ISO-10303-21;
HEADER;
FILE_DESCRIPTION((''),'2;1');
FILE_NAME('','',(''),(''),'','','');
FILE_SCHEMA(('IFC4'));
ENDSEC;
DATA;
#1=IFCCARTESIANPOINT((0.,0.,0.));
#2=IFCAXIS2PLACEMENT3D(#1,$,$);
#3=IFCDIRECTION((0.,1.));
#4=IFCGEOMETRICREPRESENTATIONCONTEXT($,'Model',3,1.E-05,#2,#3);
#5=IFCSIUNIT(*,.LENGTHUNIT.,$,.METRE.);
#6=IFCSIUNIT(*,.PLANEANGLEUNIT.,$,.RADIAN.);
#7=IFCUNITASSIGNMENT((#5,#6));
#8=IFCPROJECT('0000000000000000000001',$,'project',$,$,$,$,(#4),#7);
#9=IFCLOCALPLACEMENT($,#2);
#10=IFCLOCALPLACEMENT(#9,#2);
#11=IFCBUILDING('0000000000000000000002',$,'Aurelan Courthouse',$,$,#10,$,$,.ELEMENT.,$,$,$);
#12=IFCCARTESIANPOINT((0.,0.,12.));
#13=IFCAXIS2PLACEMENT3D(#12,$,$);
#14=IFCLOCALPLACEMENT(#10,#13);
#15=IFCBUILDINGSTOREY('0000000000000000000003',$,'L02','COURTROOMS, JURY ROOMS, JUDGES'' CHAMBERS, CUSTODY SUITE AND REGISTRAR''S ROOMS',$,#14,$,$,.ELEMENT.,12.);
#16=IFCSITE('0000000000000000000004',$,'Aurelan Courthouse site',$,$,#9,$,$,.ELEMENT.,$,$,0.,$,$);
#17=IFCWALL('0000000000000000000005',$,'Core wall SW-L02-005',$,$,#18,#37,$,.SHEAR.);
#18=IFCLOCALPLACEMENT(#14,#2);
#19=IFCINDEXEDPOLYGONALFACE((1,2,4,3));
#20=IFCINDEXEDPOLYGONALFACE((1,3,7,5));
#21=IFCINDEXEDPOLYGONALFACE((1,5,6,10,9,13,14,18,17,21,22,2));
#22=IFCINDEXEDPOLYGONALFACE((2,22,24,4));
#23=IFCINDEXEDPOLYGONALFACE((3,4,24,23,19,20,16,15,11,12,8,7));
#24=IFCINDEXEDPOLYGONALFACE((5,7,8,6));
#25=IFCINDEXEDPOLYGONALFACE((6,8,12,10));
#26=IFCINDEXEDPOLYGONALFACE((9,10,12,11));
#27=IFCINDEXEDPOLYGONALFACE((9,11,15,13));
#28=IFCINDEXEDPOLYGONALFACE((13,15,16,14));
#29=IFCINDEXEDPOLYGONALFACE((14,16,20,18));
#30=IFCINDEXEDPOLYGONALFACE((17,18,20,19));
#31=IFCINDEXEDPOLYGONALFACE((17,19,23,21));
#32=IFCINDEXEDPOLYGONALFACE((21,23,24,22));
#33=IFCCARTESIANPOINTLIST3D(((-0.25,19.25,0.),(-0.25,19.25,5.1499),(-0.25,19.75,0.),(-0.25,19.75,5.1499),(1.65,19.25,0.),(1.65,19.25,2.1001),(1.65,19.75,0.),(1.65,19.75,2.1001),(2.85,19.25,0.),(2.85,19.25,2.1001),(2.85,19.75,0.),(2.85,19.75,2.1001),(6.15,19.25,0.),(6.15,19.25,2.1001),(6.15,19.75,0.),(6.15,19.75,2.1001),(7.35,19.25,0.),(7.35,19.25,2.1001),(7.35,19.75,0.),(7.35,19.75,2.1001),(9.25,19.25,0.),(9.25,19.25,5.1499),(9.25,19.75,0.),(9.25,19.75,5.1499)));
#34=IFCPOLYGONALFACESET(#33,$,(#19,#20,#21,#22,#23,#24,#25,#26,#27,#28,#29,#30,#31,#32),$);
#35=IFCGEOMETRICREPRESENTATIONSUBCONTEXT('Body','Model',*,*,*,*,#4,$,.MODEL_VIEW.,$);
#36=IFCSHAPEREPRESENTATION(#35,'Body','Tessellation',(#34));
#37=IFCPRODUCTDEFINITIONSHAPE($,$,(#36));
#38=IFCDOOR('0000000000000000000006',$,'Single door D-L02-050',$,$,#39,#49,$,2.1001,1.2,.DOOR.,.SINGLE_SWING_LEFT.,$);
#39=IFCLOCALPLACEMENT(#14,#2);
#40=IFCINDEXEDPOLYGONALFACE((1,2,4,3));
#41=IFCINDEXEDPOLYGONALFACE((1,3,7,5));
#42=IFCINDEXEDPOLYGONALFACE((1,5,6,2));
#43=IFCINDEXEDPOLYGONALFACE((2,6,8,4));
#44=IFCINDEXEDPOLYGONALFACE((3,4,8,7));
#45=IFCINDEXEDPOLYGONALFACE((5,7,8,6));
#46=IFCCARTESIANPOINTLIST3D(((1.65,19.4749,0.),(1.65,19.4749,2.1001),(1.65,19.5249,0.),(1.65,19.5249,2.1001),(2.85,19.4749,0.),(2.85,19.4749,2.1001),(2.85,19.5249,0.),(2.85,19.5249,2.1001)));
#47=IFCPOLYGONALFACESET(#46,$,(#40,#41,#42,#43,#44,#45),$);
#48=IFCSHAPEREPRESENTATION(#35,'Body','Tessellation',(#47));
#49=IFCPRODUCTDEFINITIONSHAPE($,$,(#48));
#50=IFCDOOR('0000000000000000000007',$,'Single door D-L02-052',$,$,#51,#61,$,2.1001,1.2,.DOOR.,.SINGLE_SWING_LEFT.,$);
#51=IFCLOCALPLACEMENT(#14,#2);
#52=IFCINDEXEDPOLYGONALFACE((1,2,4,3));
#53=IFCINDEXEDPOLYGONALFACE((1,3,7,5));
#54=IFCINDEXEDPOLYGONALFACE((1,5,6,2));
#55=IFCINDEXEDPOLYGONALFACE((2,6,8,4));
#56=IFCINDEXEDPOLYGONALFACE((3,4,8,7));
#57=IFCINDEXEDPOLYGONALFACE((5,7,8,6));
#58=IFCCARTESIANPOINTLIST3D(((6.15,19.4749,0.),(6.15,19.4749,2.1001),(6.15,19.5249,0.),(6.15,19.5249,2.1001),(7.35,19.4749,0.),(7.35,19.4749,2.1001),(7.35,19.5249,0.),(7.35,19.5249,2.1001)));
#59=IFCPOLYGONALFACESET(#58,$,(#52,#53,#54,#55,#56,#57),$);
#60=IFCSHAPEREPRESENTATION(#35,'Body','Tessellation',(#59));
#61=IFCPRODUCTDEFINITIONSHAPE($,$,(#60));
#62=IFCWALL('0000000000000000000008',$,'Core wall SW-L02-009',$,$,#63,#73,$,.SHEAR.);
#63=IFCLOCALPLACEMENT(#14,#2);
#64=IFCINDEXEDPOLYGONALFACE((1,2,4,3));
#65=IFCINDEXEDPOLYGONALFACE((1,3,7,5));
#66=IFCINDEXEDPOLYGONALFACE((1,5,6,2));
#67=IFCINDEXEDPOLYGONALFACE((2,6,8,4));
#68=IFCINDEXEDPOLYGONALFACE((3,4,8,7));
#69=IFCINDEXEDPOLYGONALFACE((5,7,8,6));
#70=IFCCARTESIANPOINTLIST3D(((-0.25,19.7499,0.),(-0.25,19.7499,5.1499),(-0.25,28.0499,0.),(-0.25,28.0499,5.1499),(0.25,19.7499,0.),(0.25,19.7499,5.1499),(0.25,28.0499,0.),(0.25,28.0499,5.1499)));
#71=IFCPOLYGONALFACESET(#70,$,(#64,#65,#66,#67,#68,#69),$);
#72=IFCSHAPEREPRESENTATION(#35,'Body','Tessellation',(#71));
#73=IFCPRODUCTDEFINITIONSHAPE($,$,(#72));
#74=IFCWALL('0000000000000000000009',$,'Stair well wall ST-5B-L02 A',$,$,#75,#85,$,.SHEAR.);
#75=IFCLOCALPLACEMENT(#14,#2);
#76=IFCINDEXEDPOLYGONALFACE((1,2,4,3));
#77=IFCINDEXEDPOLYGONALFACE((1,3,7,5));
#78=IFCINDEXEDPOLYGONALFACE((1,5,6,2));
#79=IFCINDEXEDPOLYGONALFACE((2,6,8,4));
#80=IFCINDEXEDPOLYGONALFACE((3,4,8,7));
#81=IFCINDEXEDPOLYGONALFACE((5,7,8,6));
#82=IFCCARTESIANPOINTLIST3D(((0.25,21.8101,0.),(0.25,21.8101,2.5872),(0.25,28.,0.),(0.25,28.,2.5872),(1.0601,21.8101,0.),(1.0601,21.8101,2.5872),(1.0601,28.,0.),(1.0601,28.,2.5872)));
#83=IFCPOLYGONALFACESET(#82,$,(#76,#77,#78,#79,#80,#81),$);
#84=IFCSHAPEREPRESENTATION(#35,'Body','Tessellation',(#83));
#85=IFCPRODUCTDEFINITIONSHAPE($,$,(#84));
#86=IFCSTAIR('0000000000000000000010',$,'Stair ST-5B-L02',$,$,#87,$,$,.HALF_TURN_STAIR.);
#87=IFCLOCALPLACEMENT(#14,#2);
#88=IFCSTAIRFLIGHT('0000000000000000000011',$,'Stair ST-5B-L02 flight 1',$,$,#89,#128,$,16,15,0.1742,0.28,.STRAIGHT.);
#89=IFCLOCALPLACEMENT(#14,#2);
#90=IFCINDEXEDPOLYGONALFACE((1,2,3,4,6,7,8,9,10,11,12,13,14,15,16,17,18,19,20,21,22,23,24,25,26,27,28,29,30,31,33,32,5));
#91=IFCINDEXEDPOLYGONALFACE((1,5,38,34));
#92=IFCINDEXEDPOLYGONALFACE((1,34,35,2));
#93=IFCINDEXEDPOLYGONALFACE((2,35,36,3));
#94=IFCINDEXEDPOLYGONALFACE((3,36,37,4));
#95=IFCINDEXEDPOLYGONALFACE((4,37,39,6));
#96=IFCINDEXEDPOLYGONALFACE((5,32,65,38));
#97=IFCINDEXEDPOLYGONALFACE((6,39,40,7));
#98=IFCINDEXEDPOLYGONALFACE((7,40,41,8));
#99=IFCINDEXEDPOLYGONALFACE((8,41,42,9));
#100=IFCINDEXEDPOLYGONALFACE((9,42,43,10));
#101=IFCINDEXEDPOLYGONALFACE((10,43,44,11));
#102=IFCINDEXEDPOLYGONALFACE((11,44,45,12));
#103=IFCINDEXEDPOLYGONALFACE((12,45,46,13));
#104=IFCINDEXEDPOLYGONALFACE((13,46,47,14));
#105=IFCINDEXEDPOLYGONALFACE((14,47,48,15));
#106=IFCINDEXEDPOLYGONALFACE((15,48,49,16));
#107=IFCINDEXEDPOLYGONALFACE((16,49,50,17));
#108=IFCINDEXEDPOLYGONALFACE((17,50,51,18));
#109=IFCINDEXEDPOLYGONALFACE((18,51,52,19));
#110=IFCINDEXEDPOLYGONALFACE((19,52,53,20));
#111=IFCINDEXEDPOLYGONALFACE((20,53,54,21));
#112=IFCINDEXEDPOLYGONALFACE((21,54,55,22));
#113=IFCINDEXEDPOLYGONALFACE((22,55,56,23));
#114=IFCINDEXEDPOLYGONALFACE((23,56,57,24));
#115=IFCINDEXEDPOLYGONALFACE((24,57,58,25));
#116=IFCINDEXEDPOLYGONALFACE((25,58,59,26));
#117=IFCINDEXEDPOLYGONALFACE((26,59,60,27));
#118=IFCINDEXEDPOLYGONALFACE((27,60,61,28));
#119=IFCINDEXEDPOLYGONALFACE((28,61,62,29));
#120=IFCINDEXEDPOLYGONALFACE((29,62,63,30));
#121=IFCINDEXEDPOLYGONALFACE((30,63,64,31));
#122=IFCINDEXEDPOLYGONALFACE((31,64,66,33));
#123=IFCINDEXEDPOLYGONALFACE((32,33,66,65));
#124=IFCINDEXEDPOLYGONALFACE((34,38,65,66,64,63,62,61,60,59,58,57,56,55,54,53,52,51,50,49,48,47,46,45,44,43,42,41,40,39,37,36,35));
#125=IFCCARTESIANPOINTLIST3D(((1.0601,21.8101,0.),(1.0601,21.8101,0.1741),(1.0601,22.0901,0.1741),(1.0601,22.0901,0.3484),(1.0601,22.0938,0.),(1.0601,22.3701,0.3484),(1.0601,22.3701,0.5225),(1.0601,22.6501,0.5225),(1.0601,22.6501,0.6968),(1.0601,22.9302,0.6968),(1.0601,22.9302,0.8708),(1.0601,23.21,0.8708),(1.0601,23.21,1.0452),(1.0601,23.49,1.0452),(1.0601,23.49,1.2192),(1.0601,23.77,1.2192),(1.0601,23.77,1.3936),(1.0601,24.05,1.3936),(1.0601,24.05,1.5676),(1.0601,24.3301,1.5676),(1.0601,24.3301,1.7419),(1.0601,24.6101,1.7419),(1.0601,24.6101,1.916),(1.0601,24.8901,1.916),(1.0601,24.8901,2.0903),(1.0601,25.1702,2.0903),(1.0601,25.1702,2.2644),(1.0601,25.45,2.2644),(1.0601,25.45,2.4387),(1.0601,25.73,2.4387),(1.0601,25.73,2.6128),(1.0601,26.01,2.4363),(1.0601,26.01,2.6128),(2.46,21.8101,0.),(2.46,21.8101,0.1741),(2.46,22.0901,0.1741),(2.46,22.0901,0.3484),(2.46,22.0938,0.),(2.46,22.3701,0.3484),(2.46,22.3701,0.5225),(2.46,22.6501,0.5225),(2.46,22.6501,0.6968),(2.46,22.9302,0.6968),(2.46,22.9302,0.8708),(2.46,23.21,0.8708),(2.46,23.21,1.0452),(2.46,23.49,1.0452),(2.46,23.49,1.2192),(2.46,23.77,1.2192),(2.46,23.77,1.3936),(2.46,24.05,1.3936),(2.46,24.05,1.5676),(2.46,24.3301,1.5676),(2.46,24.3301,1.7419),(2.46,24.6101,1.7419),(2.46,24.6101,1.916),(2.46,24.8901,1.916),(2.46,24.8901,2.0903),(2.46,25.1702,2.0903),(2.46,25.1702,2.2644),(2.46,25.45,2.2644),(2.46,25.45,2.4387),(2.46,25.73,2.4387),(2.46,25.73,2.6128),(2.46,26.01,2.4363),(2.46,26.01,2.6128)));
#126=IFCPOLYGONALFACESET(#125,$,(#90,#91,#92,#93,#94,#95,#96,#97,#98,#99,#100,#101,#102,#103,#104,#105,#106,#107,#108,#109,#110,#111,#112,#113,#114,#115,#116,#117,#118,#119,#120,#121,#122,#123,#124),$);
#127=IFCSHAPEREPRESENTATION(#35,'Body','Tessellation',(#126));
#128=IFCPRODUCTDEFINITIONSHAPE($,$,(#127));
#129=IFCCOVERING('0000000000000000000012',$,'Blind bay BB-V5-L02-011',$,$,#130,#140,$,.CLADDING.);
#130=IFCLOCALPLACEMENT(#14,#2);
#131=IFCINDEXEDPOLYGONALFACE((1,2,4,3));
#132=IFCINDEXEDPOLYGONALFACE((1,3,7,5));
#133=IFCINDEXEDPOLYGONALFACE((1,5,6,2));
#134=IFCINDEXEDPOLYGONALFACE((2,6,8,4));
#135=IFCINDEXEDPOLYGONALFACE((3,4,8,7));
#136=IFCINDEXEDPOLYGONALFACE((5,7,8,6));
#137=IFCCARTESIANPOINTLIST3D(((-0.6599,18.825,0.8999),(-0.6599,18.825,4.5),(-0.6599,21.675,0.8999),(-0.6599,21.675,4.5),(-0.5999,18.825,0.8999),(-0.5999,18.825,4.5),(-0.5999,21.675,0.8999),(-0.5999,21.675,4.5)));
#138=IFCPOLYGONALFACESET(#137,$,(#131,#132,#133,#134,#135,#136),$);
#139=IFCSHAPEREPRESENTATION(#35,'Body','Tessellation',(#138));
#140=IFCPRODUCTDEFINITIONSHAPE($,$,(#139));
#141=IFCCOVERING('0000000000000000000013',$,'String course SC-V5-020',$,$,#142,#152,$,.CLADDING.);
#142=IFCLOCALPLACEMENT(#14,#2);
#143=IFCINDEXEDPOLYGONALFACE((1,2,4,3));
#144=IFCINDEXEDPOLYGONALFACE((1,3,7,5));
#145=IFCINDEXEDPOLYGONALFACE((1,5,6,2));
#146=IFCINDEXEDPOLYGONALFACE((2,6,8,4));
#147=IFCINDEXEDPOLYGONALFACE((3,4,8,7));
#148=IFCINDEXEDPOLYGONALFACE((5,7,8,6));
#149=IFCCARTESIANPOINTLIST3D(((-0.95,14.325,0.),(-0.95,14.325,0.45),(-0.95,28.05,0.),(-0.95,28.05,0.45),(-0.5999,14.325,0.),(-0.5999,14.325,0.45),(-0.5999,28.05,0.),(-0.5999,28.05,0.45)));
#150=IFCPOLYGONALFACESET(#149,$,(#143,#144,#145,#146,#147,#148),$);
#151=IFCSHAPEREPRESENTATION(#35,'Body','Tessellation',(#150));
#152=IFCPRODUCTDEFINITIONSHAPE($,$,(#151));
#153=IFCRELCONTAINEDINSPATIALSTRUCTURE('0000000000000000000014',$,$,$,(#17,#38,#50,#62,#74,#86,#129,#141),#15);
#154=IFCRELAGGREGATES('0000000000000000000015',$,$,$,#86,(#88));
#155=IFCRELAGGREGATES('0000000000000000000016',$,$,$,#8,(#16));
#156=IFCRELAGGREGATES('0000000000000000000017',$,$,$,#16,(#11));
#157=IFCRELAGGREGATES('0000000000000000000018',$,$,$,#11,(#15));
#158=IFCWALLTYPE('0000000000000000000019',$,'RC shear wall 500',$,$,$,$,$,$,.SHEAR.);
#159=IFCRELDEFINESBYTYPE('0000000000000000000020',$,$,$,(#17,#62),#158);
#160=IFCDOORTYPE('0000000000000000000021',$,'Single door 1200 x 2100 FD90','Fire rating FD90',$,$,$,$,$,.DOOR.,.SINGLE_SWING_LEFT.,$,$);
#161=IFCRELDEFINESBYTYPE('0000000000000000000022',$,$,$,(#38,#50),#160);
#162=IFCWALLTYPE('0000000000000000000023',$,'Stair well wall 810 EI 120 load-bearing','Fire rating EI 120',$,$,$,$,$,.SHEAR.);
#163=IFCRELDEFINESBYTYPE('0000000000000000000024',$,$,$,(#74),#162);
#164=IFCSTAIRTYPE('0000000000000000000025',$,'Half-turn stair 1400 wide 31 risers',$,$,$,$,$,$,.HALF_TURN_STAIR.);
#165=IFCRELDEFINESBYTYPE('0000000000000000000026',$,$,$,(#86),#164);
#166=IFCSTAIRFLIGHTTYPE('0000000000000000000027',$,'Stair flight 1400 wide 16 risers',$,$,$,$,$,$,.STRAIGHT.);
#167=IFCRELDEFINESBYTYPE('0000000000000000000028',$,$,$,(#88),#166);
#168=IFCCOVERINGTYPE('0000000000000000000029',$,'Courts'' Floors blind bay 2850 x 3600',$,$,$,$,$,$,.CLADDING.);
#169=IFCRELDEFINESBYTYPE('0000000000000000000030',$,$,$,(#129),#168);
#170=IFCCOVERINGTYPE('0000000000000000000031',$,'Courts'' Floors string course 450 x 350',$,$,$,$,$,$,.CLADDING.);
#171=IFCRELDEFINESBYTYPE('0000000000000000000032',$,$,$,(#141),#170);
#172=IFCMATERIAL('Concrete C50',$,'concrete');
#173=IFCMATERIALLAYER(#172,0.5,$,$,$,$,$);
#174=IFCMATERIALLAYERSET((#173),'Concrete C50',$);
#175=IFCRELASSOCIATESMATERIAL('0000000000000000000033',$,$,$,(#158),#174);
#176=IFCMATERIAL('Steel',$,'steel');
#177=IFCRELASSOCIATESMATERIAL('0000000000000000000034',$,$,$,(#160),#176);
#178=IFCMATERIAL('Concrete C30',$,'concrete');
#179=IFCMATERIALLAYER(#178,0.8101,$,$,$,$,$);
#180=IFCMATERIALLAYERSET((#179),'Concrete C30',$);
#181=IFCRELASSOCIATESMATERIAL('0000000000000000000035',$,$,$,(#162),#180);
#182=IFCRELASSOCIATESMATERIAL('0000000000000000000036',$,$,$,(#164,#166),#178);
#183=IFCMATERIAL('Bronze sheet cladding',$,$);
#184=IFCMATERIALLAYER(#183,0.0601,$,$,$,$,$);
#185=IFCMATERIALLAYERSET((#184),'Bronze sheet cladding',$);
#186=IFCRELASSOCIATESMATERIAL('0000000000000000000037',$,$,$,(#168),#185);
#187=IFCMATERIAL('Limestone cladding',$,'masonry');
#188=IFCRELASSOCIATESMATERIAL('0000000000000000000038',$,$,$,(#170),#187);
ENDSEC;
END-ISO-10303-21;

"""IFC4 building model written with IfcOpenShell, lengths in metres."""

from ifc_helpers import new_model, si_unit, direction, frame, frame_2d, origin, origin_2d, place, context, subcontext, project, spatial, polyline, rectangle, outline, extrude, material, layer, layer_set, type_object, element, fill, aggregate, save


model = new_model("IFC4")

# Units and contexts
model_context = context("Model", 3, precision=1e-05, world=origin(), true_north=direction((0.0, 1.0)))
body_context = subcontext(model_context, "Body", "Model", "MODEL_VIEW")
ifc_project = project(units=[si_unit("LENGTHUNIT", "METRE"), si_unit("PLANEANGLEUNIT", "RADIAN")], contexts=[model_context])

# Site, building, storey
site_placement = place(None, origin())
site = spatial("IfcSite", under=ifc_project, at=site_placement, Name="Aurelan Courthouse site", CompositionType="ELEMENT", RefElevation=0.0)
building_placement = place(site_placement, origin())
building = spatial("IfcBuilding", under=site, at=building_placement, Name="Aurelan Courthouse", CompositionType="ELEMENT")
storey_placement = place(building_placement, frame((0.0, 0.0, 12.0)))
storey = spatial("IfcBuildingStorey", under=building, at=storey_placement, Name="L02", Description="COURTROOMS, JURY ROOMS, JUDGES' CHAMBERS, CUSTODY SUITE AND REGISTRAR'S ROOMS", CompositionType="ELEMENT", Elevation=12.0)

# Shared definitions
ifc_material_1 = material(Name="Limestone cladding", Category="masonry")

# Shared definitions
ifc_material_2 = material(Name="Steel", Category="steel")

# Shared definitions
ifc_material_3 = material(Name="Concrete C30", Category="concrete")

# Wall, openings, doors
ifc_material_4 = material(Name="Concrete C50", Category="concrete")
ifc_layer_1 = layer(ifc_material_4, 0.5)
ifc_layer_set_1 = layer_set([ifc_layer_1], Name="Concrete C50")
wall_type_1 = type_object("IfcWallType", Name="RC shear wall 500", PredefinedType="SHEAR", material=ifc_layer_set_1)
wall_1_placement = place(storey_placement, frame((-0.25, 19.5, 0.0), z_axis=(0.0, 0.0, 1.0), x_axis=(1.0, 0.0, 0.0)))
wall_1 = element("IfcWall", 1, at=wall_1_placement, inside=storey, type_object=wall_type_1, Name="Core wall SW-L02-005", PredefinedType="SHEAR", context=body_context, shape_type="SweptSolid", body=[
    extrude(rectangle(XDim=9.5, YDim=0.5, at=frame_2d((4.75, 0.0))), origin(), (0.0, 0.0, 1.0), 5.1499),
])
opening_1_placement = place(wall_1_placement, frame((1.8999, 0.0, 0.0)))
opening_1 = element("IfcOpeningElement", 2, at=opening_1_placement, cuts=wall_1, PredefinedType="OPENING", context=body_context, shape_type="SweptSolid", body=[
    extrude(rectangle(XDim=1.2, YDim=2.1001, at=frame_2d((0.6001, 1.05))), frame((0.0, 0.26, 0.0), z_axis=(0.0, -1.0, 0.0), x_axis=(1.0, 0.0, 0.0)), (0.0, 0.0, 1.0), 0.52),
])
opening_2_placement = place(wall_1_placement, frame((6.3999, 0.0, 0.0)))
opening_2 = element("IfcOpeningElement", 3, at=opening_2_placement, cuts=wall_1, PredefinedType="OPENING", context=body_context, shape_type="SweptSolid", body=[
    extrude(rectangle(XDim=1.2, YDim=2.1001, at=frame_2d((0.6001, 1.05))), frame((0.0, 0.26, 0.0), z_axis=(0.0, -1.0, 0.0), x_axis=(1.0, 0.0, 0.0)), (0.0, 0.0, 1.0), 0.52),
])
door_type_1 = type_object("IfcDoorType", Name="Single door 1200 x 2100 FD90", Description="Fire rating FD90", OperationType="SINGLE_SWING_LEFT", PredefinedType="DOOR", material=ifc_material_2)
door_1_placement = place(opening_1_placement, origin())
door_1 = element("IfcDoor", 4, at=door_1_placement, inside=storey, type_object=door_type_1, Name="Single door D-L02-050", OperationType="SINGLE_SWING_LEFT", OverallHeight=2.1001, OverallWidth=1.2, PredefinedType="DOOR", context=body_context, shape_type="SweptSolid", body=[
    extrude(rectangle(XDim=1.2, YDim=2.1001, at=frame_2d((0.6001, 1.05))), frame((0.0, 0.0249, 0.0), z_axis=(0.0, -1.0, 0.0), x_axis=(1.0, 0.0, 0.0)), (0.0, 0.0, 1.0), 0.05),
])
fill(opening_1, door_1)
door_2_placement = place(opening_2_placement, origin())
door_2 = element("IfcDoor", 5, at=door_2_placement, inside=storey, type_object=door_type_1, Name="Single door D-L02-052", OperationType="SINGLE_SWING_LEFT", OverallHeight=2.1001, OverallWidth=1.2, PredefinedType="DOOR", context=body_context, shape_type="SweptSolid", body=[
    extrude(rectangle(XDim=1.2, YDim=2.1001, at=frame_2d((0.6001, 1.05))), frame((0.0, 0.0249, 0.0), z_axis=(0.0, -1.0, 0.0), x_axis=(1.0, 0.0, 0.0)), (0.0, 0.0, 1.0), 0.05),
])
fill(opening_2, door_2)

# Walls
wall_2_placement = place(storey_placement, frame((0.0, 19.75, 0.0), z_axis=(0.0, 0.0, 1.0), x_axis=(0.0, 1.0, 0.0)))
element("IfcWall", 6, at=wall_2_placement, inside=storey, type_object=wall_type_1, Name="Core wall SW-L02-009", PredefinedType="SHEAR", context=body_context, shape_type="SweptSolid", body=[
    extrude(rectangle(XDim=8.3, YDim=0.5, at=frame_2d((4.1499, 0.0))), origin(), (0.0, 0.0, 1.0), 5.1499),
])
ifc_layer_2 = layer(ifc_material_3, 0.8101)
ifc_layer_set_2 = layer_set([ifc_layer_2], Name="Concrete C30")
wall_type_2 = type_object("IfcWallType", Name="Stair well wall 810 EI 120 load-bearing", Description="Fire rating EI 120", PredefinedType="SHEAR", material=ifc_layer_set_2)
wall_3_placement = place(storey_placement, frame((0.655, 21.8101, 0.0), z_axis=(0.0, 0.0, 1.0), x_axis=(0.0, 1.0, 0.0)))
element("IfcWall", 7, at=wall_3_placement, inside=storey, type_object=wall_type_2, Name="Stair well wall ST-5B-L02 A", PredefinedType="SHEAR", context=body_context, shape_type="SweptSolid", body=[
    extrude(rectangle(XDim=6.1899, YDim=0.8101, at=frame_2d((3.095, 0.0))), origin(), (0.0, 0.0, 1.0), 2.5872),
])

# Stair, stair flight
stair_type = type_object("IfcStairType", Name="Half-turn stair 1400 wide 31 risers", PredefinedType="HALF_TURN_STAIR", material=ifc_material_3)
stair_placement = place(storey_placement, origin())
stair = element("IfcStair", 8, at=stair_placement, inside=storey, type_object=stair_type, Name="Stair ST-5B-L02", PredefinedType="HALF_TURN_STAIR")
stair_flight_type = type_object("IfcStairFlightType", Name="Stair flight 1400 wide 16 risers", PredefinedType="STRAIGHT", material=ifc_material_3)
stair_flight_placement = place(storey_placement, frame((1.76, 21.8101, 0.0), z_axis=(0.0, 0.0, 1.0), x_axis=(0.0, 1.0, 0.0)))
stair_flight = element("IfcStairFlight", 9, at=stair_flight_placement, type_object=stair_flight_type, Name="Stair ST-5B-L02 flight 1", NumberOfRisers=16, NumberOfTreads=15, PredefinedType="STRAIGHT", RiserHeight=0.1742, TreadLength=0.28, context=body_context, shape_type="SweptSolid", body=[
    extrude(outline(polyline([(0.0, 0.0), (0.0, 0.1741), (0.28, 0.1741), (0.28, 0.3484), (0.5601, 0.3484), (0.5601, 0.5225), (0.8401, 0.5225), (0.8401, 0.6968), (1.1201, 0.6968), (1.1201, 0.8708), (1.3999, 0.8708), (1.3999, 1.0452), (1.6799, 1.0452), (1.6799, 1.2192), (1.96, 1.2192), (1.96, 1.3936), (2.24, 1.3936), (2.24, 1.5676), (2.52, 1.5676), (2.52, 1.7419), (2.8, 1.7419), (2.8, 1.916), (3.0801, 1.916), (3.0801, 2.0903), (3.3601, 2.0903), (3.3601, 2.2644), (3.6399, 2.2644), (3.6399, 2.4387), (3.9199, 2.4387), (3.9199, 2.6128), (4.2, 2.6128), (4.2, 2.7871), (4.2, 2.4363), (0.2837, 0.0), (0.0, 0.0)])), frame((0.0, 0.7, 0.0), z_axis=(0.0, -1.0, 0.0), x_axis=(1.0, 0.0, 0.0)), (0.0, 0.0, 1.0), 1.3999),
])
aggregate(stair, [stair_flight])

# Coverings
ifc_material_5 = material(Name="Bronze sheet cladding")
ifc_layer_3 = layer(ifc_material_5, 0.0601)
ifc_layer_set_3 = layer_set([ifc_layer_3], Name="Bronze sheet cladding")
covering_type_1 = type_object("IfcCoveringType", Name="Courts' Floors blind bay 2850 x 3600", PredefinedType="CLADDING", material=ifc_layer_set_3)
covering_1_placement = place(storey_placement, frame((-0.6299, 20.25, 0.8999), z_axis=(0.0, 0.0, 1.0), x_axis=(1.0, 0.0, 0.0)))
element("IfcCovering", 10, at=covering_1_placement, inside=storey, type_object=covering_type_1, Name="Blind bay BB-V5-L02-011", PredefinedType="CLADDING", context=body_context, shape_type="SweptSolid", body=[
    extrude(rectangle(XDim=0.0601, YDim=2.8501, at=origin_2d()), origin(), (0.0, 0.0, 1.0), 3.6001),
])
covering_type_2 = type_object("IfcCoveringType", Name="Courts' Floors string course 450 x 350", PredefinedType="CLADDING", material=ifc_material_1)
covering_2_placement = place(storey_placement, frame((-0.7749, 21.1875, 0.0), z_axis=(0.0, 0.0, 1.0), x_axis=(1.0, 0.0, 0.0)))
element("IfcCovering", 11, at=covering_2_placement, inside=storey, type_object=covering_type_2, Name="String course SC-V5-020", PredefinedType="CLADDING", context=body_context, shape_type="SweptSolid", body=[
    extrude(rectangle(XDim=0.3501, YDim=13.7251, at=origin_2d()), origin(), (0.0, 0.0, 1.0), 0.45),
])

save(model, "model.ifc")
